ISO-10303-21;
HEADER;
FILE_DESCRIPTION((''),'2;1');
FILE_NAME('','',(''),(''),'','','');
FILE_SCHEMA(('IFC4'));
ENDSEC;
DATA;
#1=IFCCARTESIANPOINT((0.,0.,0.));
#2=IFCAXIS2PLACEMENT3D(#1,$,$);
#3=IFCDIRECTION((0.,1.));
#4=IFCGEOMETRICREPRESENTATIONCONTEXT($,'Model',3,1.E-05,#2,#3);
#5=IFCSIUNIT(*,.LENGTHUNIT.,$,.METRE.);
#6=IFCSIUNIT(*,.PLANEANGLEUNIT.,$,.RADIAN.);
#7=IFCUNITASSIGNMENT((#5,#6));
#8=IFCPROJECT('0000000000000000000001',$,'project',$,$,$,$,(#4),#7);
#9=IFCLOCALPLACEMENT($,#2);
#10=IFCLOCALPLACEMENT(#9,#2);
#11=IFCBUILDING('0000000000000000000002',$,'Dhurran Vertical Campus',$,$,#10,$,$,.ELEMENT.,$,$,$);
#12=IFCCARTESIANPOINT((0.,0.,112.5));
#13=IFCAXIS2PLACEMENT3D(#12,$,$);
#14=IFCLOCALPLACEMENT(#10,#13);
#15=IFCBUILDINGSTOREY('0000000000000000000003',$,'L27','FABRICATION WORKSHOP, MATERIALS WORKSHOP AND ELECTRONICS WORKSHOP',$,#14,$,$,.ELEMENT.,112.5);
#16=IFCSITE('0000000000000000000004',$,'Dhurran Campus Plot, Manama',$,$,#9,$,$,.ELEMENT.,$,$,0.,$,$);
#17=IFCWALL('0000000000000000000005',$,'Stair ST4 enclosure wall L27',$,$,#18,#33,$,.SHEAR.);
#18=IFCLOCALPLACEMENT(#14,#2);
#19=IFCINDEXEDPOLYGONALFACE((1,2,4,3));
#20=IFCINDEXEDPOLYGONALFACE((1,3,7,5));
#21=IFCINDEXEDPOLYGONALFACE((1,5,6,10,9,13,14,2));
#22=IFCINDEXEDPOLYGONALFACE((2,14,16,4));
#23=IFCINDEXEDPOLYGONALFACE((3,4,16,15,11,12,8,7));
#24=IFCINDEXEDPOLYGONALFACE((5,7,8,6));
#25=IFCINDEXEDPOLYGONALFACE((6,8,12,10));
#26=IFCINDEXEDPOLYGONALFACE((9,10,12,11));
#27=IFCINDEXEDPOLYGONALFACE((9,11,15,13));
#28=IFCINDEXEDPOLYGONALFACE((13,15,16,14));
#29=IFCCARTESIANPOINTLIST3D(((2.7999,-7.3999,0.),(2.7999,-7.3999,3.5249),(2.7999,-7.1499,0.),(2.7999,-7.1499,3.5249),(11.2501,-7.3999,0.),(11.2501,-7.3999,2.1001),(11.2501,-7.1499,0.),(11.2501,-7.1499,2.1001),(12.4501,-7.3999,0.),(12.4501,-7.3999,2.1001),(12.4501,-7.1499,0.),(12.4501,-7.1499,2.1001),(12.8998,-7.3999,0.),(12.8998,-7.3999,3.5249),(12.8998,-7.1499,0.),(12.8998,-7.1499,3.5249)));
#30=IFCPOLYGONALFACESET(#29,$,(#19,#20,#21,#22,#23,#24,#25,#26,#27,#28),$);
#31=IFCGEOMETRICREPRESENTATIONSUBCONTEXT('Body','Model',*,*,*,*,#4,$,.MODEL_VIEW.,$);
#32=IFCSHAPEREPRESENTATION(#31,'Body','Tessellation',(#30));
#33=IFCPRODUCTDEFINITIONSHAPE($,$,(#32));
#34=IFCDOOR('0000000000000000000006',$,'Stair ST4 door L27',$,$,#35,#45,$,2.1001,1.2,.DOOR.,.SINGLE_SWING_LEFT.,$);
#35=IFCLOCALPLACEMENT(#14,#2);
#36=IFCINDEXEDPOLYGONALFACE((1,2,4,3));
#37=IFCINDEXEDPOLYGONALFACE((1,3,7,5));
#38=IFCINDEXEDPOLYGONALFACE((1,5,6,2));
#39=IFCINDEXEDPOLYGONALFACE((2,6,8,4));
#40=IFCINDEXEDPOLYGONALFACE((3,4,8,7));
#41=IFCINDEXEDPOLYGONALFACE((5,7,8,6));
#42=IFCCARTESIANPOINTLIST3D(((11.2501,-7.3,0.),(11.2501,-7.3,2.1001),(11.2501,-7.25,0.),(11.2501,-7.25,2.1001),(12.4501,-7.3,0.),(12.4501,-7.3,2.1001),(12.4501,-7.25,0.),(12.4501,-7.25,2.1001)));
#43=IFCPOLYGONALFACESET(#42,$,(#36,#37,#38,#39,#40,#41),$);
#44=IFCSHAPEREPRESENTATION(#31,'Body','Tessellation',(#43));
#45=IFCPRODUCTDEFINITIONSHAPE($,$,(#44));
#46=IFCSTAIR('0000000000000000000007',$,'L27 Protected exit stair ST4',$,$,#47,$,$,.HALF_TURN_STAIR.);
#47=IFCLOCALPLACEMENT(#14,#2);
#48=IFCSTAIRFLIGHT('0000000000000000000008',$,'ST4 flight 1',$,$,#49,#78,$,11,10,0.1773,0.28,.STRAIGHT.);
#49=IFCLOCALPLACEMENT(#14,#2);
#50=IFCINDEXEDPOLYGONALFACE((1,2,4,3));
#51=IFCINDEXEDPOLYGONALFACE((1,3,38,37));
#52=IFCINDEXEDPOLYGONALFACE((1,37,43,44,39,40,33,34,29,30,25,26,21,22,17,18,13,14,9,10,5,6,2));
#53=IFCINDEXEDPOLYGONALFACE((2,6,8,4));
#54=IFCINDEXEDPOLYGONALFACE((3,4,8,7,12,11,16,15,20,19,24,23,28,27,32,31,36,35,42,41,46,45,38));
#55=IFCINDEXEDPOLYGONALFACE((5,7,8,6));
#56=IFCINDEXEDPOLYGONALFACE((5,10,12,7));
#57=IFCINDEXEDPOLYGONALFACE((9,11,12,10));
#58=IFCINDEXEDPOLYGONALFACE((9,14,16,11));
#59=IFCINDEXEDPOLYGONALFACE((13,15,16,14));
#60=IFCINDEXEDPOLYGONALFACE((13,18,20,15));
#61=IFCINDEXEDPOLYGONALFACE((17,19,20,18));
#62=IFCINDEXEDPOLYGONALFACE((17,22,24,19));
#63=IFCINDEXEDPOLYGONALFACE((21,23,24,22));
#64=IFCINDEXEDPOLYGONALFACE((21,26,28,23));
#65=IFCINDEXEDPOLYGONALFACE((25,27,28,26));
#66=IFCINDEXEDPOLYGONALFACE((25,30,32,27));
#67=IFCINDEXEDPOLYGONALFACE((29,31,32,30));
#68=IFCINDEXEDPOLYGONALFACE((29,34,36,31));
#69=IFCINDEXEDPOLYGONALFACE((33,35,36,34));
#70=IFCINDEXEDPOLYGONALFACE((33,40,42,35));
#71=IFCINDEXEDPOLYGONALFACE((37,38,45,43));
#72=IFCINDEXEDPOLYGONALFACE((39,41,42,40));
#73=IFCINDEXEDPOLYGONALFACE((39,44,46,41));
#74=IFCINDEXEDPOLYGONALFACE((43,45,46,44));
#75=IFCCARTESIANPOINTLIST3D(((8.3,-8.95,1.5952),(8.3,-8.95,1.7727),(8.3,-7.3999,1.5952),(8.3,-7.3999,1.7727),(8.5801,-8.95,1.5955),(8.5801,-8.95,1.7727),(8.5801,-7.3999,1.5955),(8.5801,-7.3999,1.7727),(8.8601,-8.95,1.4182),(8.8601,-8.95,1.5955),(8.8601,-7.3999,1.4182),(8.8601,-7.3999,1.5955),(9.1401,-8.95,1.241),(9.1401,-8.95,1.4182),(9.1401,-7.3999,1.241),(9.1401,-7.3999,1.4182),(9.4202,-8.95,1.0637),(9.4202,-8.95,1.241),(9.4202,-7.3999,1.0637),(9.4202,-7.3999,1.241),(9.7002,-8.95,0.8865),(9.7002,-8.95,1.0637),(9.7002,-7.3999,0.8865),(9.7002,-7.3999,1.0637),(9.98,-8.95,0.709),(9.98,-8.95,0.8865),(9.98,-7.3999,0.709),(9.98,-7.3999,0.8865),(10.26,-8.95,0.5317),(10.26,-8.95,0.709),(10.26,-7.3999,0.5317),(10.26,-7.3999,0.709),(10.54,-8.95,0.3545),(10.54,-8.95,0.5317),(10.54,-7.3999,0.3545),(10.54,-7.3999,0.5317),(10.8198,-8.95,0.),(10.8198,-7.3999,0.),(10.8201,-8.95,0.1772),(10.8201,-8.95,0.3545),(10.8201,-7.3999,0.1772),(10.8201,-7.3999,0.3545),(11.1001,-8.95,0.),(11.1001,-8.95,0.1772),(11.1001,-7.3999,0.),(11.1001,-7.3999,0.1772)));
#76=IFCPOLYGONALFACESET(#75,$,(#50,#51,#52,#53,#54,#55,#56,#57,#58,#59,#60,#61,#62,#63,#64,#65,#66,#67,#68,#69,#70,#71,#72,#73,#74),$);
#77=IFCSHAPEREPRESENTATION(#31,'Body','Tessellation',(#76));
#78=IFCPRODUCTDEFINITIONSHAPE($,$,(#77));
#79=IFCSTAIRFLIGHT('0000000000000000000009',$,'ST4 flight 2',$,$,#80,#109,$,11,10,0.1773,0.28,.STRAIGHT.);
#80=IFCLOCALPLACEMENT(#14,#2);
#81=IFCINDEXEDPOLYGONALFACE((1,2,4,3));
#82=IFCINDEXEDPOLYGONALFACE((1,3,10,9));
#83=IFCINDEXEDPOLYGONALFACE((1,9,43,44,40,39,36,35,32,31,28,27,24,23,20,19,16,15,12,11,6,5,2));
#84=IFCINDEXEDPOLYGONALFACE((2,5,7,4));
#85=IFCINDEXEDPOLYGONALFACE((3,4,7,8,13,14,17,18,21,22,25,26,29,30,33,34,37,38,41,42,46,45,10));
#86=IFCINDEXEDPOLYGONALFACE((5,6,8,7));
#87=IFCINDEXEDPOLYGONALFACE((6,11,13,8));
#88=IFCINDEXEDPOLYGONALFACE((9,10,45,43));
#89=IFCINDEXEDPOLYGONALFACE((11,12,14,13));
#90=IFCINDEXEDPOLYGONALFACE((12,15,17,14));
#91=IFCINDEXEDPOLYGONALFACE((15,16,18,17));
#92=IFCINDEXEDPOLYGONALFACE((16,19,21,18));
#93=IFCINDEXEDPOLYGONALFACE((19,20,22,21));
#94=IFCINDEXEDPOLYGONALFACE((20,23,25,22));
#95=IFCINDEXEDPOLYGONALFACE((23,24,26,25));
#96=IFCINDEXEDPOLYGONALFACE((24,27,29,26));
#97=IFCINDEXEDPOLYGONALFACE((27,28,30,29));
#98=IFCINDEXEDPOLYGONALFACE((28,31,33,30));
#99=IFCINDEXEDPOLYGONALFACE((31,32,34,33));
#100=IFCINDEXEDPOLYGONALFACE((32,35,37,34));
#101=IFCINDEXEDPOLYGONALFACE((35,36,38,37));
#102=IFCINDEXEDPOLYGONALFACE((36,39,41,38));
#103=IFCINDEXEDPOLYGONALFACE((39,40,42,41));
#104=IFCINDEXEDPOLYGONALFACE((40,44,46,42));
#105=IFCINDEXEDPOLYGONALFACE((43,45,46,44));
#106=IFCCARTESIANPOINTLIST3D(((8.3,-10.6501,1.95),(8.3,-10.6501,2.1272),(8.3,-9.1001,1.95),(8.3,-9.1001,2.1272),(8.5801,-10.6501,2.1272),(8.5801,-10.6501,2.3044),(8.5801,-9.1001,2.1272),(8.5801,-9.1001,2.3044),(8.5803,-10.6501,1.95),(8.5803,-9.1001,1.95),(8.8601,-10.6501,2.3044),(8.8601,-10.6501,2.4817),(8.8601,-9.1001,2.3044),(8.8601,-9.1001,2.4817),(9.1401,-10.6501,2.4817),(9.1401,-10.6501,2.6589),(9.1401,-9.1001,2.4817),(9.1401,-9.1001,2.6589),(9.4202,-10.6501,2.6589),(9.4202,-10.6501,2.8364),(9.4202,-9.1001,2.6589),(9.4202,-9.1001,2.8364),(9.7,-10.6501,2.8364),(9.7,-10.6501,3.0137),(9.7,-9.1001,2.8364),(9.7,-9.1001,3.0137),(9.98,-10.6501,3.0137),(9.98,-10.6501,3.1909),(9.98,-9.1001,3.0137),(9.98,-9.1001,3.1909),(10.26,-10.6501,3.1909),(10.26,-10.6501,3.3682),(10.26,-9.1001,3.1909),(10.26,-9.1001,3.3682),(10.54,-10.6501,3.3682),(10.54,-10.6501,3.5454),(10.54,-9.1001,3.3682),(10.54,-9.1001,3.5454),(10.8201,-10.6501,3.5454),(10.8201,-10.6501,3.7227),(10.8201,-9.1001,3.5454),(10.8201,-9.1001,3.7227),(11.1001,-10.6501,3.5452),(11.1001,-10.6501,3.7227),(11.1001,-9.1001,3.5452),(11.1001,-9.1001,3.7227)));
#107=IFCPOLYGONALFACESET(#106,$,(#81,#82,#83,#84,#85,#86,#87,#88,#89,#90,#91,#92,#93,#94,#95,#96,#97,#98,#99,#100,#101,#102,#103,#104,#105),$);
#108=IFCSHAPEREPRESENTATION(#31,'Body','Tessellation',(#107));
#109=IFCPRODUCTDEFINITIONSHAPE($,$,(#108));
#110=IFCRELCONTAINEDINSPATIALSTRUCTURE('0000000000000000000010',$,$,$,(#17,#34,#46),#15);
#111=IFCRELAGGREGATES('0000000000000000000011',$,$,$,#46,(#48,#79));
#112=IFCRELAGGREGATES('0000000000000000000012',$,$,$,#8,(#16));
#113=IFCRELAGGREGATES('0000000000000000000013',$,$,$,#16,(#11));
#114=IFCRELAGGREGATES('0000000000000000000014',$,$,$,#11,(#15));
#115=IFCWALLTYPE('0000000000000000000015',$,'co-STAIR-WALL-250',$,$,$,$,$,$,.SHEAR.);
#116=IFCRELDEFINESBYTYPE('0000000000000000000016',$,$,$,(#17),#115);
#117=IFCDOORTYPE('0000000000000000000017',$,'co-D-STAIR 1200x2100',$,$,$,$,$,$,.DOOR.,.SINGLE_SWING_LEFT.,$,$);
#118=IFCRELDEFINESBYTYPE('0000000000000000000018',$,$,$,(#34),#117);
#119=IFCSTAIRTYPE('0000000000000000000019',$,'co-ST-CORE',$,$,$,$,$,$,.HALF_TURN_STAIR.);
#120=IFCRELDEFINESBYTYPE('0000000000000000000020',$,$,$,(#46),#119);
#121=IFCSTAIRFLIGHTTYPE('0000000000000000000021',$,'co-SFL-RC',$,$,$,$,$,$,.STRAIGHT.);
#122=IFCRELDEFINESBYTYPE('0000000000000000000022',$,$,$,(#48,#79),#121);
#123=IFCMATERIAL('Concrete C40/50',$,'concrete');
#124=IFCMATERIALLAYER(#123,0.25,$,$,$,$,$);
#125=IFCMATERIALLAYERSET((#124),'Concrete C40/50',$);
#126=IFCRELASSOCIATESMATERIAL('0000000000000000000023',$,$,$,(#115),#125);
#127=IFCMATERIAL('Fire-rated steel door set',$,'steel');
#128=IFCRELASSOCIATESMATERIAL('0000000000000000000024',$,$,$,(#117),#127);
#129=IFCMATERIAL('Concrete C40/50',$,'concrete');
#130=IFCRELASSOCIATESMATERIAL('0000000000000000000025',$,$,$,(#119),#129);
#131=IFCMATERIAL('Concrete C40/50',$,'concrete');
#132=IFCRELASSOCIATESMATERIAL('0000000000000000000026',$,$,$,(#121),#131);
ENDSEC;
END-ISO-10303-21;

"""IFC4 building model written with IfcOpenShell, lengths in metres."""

from ifc_helpers import new_model, si_unit, direction, frame, frame_2d, origin, place, context, subcontext, project, spatial, polyline, rectangle, outline, extrude, material, layer, layer_set, type_object, element, fill, aggregate, save


model = new_model("IFC4")

# Units and contexts
model_context = context("Model", 3, precision=1e-05, world=origin(), true_north=direction((0.0, 1.0)))
body_context = subcontext(model_context, "Body", "Model", "MODEL_VIEW")
ifc_project = project(units=[si_unit("LENGTHUNIT", "METRE"), si_unit("PLANEANGLEUNIT", "RADIAN")], contexts=[model_context])

# Site, building, storey
site_placement = place(None, origin())
site = spatial("IfcSite", under=ifc_project, at=site_placement, Name="Dhurran Campus Plot, Manama", CompositionType="ELEMENT", RefElevation=0.0)
building_placement = place(site_placement, origin())
building = spatial("IfcBuilding", under=site, at=building_placement, Name="Dhurran Vertical Campus", CompositionType="ELEMENT")
storey_placement = place(building_placement, frame((0.0, 0.0, 112.5)))
storey = spatial("IfcBuildingStorey", under=building, at=storey_placement, Name="L27", Description="FABRICATION WORKSHOP, MATERIALS WORKSHOP AND ELECTRONICS WORKSHOP", CompositionType="ELEMENT", Elevation=112.5)

# Wall, opening, door
ifc_material_1 = material(Name="Concrete C40/50", Category="concrete")
ifc_layer_1 = layer(ifc_material_1, 0.25)
ifc_layer_set_1 = layer_set([ifc_layer_1], Name="Concrete C40/50")
wall_type_1 = type_object("IfcWallType", Name="co-STAIR-WALL-250", PredefinedType="SHEAR", material=ifc_layer_set_1)
wall_1_placement = place(storey_placement, frame((2.8, -7.2749, 0.0), z_axis=(0.0, 0.0, 1.0), x_axis=(1.0, 0.0, 0.0)))
wall_1 = element("IfcWall", 1, at=wall_1_placement, inside=storey, type_object=wall_type_1, Name="Stair ST4 enclosure wall L27", PredefinedType="SHEAR", context=body_context, shape_type="SweptSolid", body=[
    extrude(rectangle(XDim=10.0999, YDim=0.25, at=frame_2d((5.0498, 0.0))), origin(), (0.0, 0.0, 1.0), 3.5249),
])
opening_1_placement = place(wall_1_placement, frame((8.45, 0.0, 0.0)))
opening_1 = element("IfcOpeningElement", 2, at=opening_1_placement, cuts=wall_1, PredefinedType="OPENING", context=body_context, shape_type="SweptSolid", body=[
    extrude(rectangle(XDim=1.2, YDim=2.1001, at=frame_2d((0.6001, 1.05))), frame((0.0, 0.135, 0.0), z_axis=(0.0, -1.0, 0.0), x_axis=(1.0, 0.0, 0.0)), (0.0, 0.0, 1.0), 0.27),
])
ifc_material_2 = material(Name="Fire-rated steel door set", Category="steel")
door_type_1 = type_object("IfcDoorType", Name="co-D-STAIR 1200x2100", OperationType="SINGLE_SWING_LEFT", PredefinedType="DOOR", material=ifc_material_2)
door_1_placement = place(opening_1_placement, origin())
door_1 = element("IfcDoor", 3, at=door_1_placement, inside=storey, type_object=door_type_1, Name="Stair ST4 door L27", OperationType="SINGLE_SWING_LEFT", OverallHeight=2.1001, OverallWidth=1.2, PredefinedType="DOOR", context=body_context, shape_type="SweptSolid", body=[
    extrude(rectangle(XDim=1.2, YDim=2.1001, at=frame_2d((0.6001, 1.05))), frame((0.0, 0.0249, 0.0), z_axis=(0.0, -1.0, 0.0), x_axis=(1.0, 0.0, 0.0)), (0.0, 0.0, 1.0), 0.05),
])
fill(opening_1, door_1)

# Stair, stair flights
ifc_material_3 = material(Name="Concrete C40/50", Category="concrete")
stair_type = type_object("IfcStairType", Name="co-ST-CORE", PredefinedType="HALF_TURN_STAIR", material=ifc_material_3)
stair_placement = place(storey_placement, origin())
stair = element("IfcStair", 4, at=stair_placement, inside=storey, type_object=stair_type, Name="L27 Protected exit stair ST4", PredefinedType="HALF_TURN_STAIR")
ifc_material_4 = material(Name="Concrete C40/50", Category="concrete")
stair_flight_type = type_object("IfcStairFlightType", Name="co-SFL-RC", PredefinedType="STRAIGHT", material=ifc_material_4)
stair_flight_1_placement = place(storey_placement, frame((11.1001, -8.175, 0.0), z_axis=(0.0, 0.0, 1.0), x_axis=(-1.0, 0.0, 0.0)))
stair_flight_1 = element("IfcStairFlight", 5, at=stair_flight_1_placement, type_object=stair_flight_type, Name="ST4 flight 1", NumberOfRisers=11, NumberOfTreads=10, PredefinedType="STRAIGHT", RiserHeight=0.1773, TreadLength=0.28, context=body_context, shape_type="SweptSolid", body=[
    extrude(outline(polyline([(0.0, 0.0), (0.0, 0.1772), (0.28, 0.1772), (0.28, 0.3545), (0.5601, 0.3545), (0.5601, 0.5317), (0.8401, 0.5317), (0.8401, 0.709), (1.1201, 0.709), (1.1201, 0.8865), (1.3999, 0.8865), (1.3999, 1.0637), (1.6799, 1.0637), (1.6799, 1.241), (1.96, 1.241), (1.96, 1.4182), (2.24, 1.4182), (2.24, 1.5955), (2.52, 1.5955), (2.52, 1.7727), (2.8, 1.7727), (2.8, 1.95), (2.8, 1.5952), (0.2803, 0.0), (0.0, 0.0)])), frame((0.0, 0.7749, 0.0), z_axis=(0.0, -1.0, 0.0), x_axis=(1.0, 0.0, 0.0)), (0.0, 0.0, 1.0), 1.55),
])
stair_flight_2_placement = place(storey_placement, frame((8.3, -9.875, 1.95), z_axis=(0.0, 0.0, 1.0), x_axis=(1.0, 0.0, 0.0)))
stair_flight_2 = element("IfcStairFlight", 6, at=stair_flight_2_placement, type_object=stair_flight_type, Name="ST4 flight 2", NumberOfRisers=11, NumberOfTreads=10, PredefinedType="STRAIGHT", RiserHeight=0.1773, TreadLength=0.28, context=body_context, shape_type="SweptSolid", body=[
    extrude(outline(polyline([(0.0, 0.0), (0.0, 0.1772), (0.28, 0.1772), (0.28, 0.3545), (0.5601, 0.3545), (0.5601, 0.5317), (0.8401, 0.5317), (0.8401, 0.709), (1.1201, 0.709), (1.1201, 0.8865), (1.3999, 0.8865), (1.3999, 1.0637), (1.6799, 1.0637), (1.6799, 1.241), (1.96, 1.241), (1.96, 1.4182), (2.24, 1.4182), (2.24, 1.5955), (2.52, 1.5955), (2.52, 1.7727), (2.8, 1.7727), (2.8, 1.95), (2.8, 1.5952), (0.2803, 0.0), (0.0, 0.0)])), frame((0.0, 0.7749, 0.0), z_axis=(0.0, -1.0, 0.0), x_axis=(1.0, 0.0, 0.0)), (0.0, 0.0, 1.0), 1.55),
])
aggregate(stair, [stair_flight_1, stair_flight_2])

save(model, "model.ifc")
